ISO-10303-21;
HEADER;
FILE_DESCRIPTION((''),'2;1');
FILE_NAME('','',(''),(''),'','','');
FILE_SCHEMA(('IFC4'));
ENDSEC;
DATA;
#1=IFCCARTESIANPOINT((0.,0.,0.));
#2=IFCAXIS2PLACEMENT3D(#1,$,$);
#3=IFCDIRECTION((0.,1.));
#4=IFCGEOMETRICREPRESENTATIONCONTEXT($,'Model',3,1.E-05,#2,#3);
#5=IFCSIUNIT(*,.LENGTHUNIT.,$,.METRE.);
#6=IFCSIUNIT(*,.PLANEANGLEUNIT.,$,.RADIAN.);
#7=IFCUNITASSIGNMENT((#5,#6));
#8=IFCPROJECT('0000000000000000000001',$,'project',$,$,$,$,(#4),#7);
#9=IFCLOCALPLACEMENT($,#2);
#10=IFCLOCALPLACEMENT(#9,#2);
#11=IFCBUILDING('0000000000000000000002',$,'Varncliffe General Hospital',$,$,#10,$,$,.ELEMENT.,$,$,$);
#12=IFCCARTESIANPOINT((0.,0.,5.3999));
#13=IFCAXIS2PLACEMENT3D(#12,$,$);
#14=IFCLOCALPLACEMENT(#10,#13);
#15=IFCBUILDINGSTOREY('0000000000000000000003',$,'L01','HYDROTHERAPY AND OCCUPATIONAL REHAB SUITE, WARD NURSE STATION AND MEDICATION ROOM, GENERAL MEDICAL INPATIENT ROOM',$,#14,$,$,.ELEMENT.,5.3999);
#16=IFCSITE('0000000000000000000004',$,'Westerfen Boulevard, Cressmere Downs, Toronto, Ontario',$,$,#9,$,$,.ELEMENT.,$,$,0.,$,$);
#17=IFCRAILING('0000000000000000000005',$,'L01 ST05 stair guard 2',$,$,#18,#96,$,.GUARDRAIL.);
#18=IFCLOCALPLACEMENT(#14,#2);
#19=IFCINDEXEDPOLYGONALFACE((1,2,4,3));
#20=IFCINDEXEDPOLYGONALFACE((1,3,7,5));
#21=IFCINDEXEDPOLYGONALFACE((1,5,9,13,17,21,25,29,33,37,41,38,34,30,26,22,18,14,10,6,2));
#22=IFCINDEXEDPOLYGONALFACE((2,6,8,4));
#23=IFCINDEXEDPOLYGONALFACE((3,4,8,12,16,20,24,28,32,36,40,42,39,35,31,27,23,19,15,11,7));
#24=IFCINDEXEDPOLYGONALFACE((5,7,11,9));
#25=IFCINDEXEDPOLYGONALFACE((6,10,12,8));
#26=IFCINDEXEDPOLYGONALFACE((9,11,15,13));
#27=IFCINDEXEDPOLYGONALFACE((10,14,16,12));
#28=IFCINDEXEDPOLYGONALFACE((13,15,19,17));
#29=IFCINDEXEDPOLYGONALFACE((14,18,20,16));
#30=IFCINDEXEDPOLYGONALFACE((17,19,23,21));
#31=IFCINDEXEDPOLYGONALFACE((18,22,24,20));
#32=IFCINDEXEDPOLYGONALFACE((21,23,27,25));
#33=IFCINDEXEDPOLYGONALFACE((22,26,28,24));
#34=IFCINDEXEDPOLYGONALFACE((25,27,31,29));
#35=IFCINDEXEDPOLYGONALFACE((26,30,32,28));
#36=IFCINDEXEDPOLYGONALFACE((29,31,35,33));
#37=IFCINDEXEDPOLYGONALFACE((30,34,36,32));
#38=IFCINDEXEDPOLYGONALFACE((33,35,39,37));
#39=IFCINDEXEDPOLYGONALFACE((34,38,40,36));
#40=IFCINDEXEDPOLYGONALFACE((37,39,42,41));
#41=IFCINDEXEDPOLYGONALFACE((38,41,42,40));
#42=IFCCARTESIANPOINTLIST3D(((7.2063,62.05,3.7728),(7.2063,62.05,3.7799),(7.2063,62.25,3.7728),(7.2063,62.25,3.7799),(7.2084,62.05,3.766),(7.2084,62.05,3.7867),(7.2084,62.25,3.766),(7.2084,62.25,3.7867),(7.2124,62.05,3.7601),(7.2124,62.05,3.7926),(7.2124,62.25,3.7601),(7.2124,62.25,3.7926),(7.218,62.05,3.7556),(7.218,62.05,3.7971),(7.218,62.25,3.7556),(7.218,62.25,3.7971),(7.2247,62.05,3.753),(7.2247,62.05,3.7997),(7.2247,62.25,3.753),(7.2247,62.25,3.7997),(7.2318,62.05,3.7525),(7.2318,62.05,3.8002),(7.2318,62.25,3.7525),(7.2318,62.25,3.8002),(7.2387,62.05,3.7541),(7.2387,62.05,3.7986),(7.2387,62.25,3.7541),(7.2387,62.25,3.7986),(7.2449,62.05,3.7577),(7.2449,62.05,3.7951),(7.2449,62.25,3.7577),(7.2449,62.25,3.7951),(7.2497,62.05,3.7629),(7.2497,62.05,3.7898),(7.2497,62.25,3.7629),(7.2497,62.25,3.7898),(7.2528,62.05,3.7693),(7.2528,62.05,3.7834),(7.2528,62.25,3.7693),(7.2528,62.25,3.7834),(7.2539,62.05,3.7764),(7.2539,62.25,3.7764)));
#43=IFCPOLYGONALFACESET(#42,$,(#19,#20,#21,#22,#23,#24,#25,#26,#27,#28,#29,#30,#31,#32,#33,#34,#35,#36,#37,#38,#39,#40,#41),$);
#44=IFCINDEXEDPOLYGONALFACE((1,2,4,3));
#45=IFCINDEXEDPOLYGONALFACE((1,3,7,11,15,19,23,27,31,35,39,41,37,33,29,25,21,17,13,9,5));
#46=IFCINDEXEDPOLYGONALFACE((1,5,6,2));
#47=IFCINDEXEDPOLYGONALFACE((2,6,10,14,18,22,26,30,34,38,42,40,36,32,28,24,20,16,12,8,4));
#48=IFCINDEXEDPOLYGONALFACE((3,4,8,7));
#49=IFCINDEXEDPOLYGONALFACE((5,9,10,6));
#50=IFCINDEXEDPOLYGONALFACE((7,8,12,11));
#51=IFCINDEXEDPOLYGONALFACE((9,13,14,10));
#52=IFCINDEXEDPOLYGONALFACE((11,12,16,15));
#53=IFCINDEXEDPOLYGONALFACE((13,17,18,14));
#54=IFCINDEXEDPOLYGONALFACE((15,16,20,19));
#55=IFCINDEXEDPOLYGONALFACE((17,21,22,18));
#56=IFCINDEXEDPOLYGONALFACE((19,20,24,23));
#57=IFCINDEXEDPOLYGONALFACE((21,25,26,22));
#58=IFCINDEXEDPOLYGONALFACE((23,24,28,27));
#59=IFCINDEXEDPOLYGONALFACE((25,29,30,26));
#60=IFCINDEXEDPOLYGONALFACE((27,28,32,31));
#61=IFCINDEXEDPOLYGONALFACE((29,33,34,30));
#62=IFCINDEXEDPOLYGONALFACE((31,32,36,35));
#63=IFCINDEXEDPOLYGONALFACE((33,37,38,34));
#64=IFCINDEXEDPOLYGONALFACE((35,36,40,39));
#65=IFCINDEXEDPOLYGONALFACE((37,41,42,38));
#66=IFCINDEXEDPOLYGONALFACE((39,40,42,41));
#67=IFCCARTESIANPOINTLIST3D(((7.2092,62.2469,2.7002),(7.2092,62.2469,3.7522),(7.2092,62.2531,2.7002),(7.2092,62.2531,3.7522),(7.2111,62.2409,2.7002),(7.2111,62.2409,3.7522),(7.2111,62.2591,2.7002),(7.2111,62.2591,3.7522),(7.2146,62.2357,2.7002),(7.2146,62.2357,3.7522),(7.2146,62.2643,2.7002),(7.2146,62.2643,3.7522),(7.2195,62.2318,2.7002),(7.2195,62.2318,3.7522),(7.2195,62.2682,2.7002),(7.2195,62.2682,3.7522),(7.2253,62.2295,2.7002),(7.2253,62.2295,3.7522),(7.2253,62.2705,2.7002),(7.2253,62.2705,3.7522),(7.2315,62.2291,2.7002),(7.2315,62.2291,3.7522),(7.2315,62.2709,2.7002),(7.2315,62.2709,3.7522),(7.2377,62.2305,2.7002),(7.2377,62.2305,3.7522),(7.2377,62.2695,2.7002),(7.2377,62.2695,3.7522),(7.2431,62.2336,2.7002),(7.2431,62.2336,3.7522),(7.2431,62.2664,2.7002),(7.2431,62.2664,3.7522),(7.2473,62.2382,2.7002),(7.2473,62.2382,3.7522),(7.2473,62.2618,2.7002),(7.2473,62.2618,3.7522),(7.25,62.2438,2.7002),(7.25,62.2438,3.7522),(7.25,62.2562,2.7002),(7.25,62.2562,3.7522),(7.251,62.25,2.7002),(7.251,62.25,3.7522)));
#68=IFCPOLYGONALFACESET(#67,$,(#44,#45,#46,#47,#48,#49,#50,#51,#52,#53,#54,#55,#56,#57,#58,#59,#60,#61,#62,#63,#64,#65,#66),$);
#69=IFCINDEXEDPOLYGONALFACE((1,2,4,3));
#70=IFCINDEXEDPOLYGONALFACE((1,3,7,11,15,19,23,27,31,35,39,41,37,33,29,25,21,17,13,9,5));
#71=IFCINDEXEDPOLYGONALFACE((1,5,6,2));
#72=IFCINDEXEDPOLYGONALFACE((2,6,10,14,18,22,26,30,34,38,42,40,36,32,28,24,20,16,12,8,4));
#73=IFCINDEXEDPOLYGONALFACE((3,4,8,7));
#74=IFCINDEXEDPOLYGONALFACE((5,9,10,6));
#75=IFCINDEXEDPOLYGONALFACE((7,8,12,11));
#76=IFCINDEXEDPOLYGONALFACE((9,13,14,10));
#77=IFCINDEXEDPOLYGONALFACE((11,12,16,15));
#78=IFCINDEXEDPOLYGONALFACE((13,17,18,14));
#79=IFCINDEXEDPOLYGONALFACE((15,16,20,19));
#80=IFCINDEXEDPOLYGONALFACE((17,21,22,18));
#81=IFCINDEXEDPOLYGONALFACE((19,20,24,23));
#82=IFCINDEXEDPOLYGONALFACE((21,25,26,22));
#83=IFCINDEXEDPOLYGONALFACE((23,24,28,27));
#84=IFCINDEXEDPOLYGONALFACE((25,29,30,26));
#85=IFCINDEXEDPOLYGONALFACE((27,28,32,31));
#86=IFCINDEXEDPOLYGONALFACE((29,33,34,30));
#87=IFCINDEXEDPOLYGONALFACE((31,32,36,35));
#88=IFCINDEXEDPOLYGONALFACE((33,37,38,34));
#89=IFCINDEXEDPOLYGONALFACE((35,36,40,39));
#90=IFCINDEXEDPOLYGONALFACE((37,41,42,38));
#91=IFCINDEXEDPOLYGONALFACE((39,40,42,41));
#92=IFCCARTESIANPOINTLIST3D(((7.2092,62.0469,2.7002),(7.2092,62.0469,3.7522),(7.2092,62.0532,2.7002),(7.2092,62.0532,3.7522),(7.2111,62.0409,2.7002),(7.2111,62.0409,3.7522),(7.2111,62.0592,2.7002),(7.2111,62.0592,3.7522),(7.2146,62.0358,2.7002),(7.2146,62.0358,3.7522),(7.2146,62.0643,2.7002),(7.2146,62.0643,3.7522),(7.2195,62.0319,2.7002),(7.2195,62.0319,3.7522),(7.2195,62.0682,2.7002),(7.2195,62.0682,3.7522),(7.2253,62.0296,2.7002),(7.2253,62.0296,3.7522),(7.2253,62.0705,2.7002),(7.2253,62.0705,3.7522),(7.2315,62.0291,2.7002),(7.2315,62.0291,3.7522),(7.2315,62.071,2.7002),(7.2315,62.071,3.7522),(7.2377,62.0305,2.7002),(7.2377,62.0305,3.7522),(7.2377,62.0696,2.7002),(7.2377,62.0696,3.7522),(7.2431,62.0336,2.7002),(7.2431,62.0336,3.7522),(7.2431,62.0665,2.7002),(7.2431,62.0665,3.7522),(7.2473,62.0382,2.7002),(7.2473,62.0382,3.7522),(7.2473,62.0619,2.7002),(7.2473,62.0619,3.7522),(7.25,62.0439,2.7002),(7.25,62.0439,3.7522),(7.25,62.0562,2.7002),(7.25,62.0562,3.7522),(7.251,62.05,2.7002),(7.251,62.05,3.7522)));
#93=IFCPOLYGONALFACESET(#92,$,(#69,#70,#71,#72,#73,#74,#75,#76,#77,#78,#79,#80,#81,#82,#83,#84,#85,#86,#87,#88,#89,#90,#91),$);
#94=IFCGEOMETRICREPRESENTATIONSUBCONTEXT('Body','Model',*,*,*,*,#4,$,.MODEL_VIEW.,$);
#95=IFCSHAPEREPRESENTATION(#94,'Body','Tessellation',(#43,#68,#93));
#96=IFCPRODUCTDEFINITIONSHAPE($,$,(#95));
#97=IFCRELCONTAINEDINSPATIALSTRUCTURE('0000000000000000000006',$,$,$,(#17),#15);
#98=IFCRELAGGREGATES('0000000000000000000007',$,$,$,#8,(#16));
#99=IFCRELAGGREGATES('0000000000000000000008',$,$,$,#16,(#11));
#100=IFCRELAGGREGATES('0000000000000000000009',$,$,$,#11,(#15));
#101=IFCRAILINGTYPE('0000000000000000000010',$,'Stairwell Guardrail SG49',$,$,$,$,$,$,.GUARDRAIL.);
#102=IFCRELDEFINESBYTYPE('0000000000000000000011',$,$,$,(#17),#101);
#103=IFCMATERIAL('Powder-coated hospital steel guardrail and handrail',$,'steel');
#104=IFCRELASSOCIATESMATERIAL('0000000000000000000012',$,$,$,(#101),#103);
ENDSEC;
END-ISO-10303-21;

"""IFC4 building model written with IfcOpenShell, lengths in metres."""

from ifc_helpers import new_model, si_unit, direction, frame, origin, origin_2d, place, context, subcontext, project, spatial, circle, extrude, material, type_object, element, save


model = new_model("IFC4")

# Units and contexts
model_context = context("Model", 3, precision=1e-05, world=origin(), true_north=direction((0.0, 1.0)))
body_context = subcontext(model_context, "Body", "Model", "MODEL_VIEW")
ifc_project = project(units=[si_unit("LENGTHUNIT", "METRE"), si_unit("PLANEANGLEUNIT", "RADIAN")], contexts=[model_context])

# Site, building, storey
site_placement = place(None, origin())
site = spatial("IfcSite", under=ifc_project, at=site_placement, Name="Westerfen Boulevard, Cressmere Downs, Toronto, Ontario", CompositionType="ELEMENT", RefElevation=0.0)
building_placement = place(site_placement, origin())
building = spatial("IfcBuilding", under=site, at=building_placement, Name="Varncliffe General Hospital", CompositionType="ELEMENT")
storey_placement = place(building_placement, frame((0.0, 0.0, 5.3999)))
storey = spatial("IfcBuildingStorey", under=building, at=storey_placement, Name="L01", Description="HYDROTHERAPY AND OCCUPATIONAL REHAB SUITE, WARD NURSE STATION AND MEDICATION ROOM, GENERAL MEDICAL INPATIENT ROOM", CompositionType="ELEMENT", Elevation=5.3999)

# Railing
ifc_material_1 = material(Name="Powder-coated hospital steel guardrail and handrail", Category="steel")
railing_type_1 = type_object("IfcRailingType", Name="Stairwell Guardrail SG49", PredefinedType="GUARDRAIL", material=ifc_material_1)
railing_1_placement = place(storey_placement, frame((7.23, 62.25, 2.7002)))
element("IfcRailing", 1, at=railing_1_placement, inside=storey, type_object=railing_type_1, Name="L01 ST05 stair guard 2", PredefinedType="GUARDRAIL", context=body_context, shape_type="SweptSolid", body=[
    extrude(circle(Radius=0.0239, at=origin_2d()), frame((0.0, 0.0, 1.0762), z_axis=(0.0, -1.0, 0.0), x_axis=(1.0, 0.0, 0.0)), (0.0, 0.0, 1.0), 0.2),
    extrude(circle(Radius=0.021, at=origin_2d()), origin(), (0.0, 0.0, 1.0), 1.052),
    extrude(circle(Radius=0.021, at=origin_2d()), frame((0.0, -0.2, 0.0)), (0.0, 0.0, 1.0), 1.052),
])

save(model, "model.ifc")
